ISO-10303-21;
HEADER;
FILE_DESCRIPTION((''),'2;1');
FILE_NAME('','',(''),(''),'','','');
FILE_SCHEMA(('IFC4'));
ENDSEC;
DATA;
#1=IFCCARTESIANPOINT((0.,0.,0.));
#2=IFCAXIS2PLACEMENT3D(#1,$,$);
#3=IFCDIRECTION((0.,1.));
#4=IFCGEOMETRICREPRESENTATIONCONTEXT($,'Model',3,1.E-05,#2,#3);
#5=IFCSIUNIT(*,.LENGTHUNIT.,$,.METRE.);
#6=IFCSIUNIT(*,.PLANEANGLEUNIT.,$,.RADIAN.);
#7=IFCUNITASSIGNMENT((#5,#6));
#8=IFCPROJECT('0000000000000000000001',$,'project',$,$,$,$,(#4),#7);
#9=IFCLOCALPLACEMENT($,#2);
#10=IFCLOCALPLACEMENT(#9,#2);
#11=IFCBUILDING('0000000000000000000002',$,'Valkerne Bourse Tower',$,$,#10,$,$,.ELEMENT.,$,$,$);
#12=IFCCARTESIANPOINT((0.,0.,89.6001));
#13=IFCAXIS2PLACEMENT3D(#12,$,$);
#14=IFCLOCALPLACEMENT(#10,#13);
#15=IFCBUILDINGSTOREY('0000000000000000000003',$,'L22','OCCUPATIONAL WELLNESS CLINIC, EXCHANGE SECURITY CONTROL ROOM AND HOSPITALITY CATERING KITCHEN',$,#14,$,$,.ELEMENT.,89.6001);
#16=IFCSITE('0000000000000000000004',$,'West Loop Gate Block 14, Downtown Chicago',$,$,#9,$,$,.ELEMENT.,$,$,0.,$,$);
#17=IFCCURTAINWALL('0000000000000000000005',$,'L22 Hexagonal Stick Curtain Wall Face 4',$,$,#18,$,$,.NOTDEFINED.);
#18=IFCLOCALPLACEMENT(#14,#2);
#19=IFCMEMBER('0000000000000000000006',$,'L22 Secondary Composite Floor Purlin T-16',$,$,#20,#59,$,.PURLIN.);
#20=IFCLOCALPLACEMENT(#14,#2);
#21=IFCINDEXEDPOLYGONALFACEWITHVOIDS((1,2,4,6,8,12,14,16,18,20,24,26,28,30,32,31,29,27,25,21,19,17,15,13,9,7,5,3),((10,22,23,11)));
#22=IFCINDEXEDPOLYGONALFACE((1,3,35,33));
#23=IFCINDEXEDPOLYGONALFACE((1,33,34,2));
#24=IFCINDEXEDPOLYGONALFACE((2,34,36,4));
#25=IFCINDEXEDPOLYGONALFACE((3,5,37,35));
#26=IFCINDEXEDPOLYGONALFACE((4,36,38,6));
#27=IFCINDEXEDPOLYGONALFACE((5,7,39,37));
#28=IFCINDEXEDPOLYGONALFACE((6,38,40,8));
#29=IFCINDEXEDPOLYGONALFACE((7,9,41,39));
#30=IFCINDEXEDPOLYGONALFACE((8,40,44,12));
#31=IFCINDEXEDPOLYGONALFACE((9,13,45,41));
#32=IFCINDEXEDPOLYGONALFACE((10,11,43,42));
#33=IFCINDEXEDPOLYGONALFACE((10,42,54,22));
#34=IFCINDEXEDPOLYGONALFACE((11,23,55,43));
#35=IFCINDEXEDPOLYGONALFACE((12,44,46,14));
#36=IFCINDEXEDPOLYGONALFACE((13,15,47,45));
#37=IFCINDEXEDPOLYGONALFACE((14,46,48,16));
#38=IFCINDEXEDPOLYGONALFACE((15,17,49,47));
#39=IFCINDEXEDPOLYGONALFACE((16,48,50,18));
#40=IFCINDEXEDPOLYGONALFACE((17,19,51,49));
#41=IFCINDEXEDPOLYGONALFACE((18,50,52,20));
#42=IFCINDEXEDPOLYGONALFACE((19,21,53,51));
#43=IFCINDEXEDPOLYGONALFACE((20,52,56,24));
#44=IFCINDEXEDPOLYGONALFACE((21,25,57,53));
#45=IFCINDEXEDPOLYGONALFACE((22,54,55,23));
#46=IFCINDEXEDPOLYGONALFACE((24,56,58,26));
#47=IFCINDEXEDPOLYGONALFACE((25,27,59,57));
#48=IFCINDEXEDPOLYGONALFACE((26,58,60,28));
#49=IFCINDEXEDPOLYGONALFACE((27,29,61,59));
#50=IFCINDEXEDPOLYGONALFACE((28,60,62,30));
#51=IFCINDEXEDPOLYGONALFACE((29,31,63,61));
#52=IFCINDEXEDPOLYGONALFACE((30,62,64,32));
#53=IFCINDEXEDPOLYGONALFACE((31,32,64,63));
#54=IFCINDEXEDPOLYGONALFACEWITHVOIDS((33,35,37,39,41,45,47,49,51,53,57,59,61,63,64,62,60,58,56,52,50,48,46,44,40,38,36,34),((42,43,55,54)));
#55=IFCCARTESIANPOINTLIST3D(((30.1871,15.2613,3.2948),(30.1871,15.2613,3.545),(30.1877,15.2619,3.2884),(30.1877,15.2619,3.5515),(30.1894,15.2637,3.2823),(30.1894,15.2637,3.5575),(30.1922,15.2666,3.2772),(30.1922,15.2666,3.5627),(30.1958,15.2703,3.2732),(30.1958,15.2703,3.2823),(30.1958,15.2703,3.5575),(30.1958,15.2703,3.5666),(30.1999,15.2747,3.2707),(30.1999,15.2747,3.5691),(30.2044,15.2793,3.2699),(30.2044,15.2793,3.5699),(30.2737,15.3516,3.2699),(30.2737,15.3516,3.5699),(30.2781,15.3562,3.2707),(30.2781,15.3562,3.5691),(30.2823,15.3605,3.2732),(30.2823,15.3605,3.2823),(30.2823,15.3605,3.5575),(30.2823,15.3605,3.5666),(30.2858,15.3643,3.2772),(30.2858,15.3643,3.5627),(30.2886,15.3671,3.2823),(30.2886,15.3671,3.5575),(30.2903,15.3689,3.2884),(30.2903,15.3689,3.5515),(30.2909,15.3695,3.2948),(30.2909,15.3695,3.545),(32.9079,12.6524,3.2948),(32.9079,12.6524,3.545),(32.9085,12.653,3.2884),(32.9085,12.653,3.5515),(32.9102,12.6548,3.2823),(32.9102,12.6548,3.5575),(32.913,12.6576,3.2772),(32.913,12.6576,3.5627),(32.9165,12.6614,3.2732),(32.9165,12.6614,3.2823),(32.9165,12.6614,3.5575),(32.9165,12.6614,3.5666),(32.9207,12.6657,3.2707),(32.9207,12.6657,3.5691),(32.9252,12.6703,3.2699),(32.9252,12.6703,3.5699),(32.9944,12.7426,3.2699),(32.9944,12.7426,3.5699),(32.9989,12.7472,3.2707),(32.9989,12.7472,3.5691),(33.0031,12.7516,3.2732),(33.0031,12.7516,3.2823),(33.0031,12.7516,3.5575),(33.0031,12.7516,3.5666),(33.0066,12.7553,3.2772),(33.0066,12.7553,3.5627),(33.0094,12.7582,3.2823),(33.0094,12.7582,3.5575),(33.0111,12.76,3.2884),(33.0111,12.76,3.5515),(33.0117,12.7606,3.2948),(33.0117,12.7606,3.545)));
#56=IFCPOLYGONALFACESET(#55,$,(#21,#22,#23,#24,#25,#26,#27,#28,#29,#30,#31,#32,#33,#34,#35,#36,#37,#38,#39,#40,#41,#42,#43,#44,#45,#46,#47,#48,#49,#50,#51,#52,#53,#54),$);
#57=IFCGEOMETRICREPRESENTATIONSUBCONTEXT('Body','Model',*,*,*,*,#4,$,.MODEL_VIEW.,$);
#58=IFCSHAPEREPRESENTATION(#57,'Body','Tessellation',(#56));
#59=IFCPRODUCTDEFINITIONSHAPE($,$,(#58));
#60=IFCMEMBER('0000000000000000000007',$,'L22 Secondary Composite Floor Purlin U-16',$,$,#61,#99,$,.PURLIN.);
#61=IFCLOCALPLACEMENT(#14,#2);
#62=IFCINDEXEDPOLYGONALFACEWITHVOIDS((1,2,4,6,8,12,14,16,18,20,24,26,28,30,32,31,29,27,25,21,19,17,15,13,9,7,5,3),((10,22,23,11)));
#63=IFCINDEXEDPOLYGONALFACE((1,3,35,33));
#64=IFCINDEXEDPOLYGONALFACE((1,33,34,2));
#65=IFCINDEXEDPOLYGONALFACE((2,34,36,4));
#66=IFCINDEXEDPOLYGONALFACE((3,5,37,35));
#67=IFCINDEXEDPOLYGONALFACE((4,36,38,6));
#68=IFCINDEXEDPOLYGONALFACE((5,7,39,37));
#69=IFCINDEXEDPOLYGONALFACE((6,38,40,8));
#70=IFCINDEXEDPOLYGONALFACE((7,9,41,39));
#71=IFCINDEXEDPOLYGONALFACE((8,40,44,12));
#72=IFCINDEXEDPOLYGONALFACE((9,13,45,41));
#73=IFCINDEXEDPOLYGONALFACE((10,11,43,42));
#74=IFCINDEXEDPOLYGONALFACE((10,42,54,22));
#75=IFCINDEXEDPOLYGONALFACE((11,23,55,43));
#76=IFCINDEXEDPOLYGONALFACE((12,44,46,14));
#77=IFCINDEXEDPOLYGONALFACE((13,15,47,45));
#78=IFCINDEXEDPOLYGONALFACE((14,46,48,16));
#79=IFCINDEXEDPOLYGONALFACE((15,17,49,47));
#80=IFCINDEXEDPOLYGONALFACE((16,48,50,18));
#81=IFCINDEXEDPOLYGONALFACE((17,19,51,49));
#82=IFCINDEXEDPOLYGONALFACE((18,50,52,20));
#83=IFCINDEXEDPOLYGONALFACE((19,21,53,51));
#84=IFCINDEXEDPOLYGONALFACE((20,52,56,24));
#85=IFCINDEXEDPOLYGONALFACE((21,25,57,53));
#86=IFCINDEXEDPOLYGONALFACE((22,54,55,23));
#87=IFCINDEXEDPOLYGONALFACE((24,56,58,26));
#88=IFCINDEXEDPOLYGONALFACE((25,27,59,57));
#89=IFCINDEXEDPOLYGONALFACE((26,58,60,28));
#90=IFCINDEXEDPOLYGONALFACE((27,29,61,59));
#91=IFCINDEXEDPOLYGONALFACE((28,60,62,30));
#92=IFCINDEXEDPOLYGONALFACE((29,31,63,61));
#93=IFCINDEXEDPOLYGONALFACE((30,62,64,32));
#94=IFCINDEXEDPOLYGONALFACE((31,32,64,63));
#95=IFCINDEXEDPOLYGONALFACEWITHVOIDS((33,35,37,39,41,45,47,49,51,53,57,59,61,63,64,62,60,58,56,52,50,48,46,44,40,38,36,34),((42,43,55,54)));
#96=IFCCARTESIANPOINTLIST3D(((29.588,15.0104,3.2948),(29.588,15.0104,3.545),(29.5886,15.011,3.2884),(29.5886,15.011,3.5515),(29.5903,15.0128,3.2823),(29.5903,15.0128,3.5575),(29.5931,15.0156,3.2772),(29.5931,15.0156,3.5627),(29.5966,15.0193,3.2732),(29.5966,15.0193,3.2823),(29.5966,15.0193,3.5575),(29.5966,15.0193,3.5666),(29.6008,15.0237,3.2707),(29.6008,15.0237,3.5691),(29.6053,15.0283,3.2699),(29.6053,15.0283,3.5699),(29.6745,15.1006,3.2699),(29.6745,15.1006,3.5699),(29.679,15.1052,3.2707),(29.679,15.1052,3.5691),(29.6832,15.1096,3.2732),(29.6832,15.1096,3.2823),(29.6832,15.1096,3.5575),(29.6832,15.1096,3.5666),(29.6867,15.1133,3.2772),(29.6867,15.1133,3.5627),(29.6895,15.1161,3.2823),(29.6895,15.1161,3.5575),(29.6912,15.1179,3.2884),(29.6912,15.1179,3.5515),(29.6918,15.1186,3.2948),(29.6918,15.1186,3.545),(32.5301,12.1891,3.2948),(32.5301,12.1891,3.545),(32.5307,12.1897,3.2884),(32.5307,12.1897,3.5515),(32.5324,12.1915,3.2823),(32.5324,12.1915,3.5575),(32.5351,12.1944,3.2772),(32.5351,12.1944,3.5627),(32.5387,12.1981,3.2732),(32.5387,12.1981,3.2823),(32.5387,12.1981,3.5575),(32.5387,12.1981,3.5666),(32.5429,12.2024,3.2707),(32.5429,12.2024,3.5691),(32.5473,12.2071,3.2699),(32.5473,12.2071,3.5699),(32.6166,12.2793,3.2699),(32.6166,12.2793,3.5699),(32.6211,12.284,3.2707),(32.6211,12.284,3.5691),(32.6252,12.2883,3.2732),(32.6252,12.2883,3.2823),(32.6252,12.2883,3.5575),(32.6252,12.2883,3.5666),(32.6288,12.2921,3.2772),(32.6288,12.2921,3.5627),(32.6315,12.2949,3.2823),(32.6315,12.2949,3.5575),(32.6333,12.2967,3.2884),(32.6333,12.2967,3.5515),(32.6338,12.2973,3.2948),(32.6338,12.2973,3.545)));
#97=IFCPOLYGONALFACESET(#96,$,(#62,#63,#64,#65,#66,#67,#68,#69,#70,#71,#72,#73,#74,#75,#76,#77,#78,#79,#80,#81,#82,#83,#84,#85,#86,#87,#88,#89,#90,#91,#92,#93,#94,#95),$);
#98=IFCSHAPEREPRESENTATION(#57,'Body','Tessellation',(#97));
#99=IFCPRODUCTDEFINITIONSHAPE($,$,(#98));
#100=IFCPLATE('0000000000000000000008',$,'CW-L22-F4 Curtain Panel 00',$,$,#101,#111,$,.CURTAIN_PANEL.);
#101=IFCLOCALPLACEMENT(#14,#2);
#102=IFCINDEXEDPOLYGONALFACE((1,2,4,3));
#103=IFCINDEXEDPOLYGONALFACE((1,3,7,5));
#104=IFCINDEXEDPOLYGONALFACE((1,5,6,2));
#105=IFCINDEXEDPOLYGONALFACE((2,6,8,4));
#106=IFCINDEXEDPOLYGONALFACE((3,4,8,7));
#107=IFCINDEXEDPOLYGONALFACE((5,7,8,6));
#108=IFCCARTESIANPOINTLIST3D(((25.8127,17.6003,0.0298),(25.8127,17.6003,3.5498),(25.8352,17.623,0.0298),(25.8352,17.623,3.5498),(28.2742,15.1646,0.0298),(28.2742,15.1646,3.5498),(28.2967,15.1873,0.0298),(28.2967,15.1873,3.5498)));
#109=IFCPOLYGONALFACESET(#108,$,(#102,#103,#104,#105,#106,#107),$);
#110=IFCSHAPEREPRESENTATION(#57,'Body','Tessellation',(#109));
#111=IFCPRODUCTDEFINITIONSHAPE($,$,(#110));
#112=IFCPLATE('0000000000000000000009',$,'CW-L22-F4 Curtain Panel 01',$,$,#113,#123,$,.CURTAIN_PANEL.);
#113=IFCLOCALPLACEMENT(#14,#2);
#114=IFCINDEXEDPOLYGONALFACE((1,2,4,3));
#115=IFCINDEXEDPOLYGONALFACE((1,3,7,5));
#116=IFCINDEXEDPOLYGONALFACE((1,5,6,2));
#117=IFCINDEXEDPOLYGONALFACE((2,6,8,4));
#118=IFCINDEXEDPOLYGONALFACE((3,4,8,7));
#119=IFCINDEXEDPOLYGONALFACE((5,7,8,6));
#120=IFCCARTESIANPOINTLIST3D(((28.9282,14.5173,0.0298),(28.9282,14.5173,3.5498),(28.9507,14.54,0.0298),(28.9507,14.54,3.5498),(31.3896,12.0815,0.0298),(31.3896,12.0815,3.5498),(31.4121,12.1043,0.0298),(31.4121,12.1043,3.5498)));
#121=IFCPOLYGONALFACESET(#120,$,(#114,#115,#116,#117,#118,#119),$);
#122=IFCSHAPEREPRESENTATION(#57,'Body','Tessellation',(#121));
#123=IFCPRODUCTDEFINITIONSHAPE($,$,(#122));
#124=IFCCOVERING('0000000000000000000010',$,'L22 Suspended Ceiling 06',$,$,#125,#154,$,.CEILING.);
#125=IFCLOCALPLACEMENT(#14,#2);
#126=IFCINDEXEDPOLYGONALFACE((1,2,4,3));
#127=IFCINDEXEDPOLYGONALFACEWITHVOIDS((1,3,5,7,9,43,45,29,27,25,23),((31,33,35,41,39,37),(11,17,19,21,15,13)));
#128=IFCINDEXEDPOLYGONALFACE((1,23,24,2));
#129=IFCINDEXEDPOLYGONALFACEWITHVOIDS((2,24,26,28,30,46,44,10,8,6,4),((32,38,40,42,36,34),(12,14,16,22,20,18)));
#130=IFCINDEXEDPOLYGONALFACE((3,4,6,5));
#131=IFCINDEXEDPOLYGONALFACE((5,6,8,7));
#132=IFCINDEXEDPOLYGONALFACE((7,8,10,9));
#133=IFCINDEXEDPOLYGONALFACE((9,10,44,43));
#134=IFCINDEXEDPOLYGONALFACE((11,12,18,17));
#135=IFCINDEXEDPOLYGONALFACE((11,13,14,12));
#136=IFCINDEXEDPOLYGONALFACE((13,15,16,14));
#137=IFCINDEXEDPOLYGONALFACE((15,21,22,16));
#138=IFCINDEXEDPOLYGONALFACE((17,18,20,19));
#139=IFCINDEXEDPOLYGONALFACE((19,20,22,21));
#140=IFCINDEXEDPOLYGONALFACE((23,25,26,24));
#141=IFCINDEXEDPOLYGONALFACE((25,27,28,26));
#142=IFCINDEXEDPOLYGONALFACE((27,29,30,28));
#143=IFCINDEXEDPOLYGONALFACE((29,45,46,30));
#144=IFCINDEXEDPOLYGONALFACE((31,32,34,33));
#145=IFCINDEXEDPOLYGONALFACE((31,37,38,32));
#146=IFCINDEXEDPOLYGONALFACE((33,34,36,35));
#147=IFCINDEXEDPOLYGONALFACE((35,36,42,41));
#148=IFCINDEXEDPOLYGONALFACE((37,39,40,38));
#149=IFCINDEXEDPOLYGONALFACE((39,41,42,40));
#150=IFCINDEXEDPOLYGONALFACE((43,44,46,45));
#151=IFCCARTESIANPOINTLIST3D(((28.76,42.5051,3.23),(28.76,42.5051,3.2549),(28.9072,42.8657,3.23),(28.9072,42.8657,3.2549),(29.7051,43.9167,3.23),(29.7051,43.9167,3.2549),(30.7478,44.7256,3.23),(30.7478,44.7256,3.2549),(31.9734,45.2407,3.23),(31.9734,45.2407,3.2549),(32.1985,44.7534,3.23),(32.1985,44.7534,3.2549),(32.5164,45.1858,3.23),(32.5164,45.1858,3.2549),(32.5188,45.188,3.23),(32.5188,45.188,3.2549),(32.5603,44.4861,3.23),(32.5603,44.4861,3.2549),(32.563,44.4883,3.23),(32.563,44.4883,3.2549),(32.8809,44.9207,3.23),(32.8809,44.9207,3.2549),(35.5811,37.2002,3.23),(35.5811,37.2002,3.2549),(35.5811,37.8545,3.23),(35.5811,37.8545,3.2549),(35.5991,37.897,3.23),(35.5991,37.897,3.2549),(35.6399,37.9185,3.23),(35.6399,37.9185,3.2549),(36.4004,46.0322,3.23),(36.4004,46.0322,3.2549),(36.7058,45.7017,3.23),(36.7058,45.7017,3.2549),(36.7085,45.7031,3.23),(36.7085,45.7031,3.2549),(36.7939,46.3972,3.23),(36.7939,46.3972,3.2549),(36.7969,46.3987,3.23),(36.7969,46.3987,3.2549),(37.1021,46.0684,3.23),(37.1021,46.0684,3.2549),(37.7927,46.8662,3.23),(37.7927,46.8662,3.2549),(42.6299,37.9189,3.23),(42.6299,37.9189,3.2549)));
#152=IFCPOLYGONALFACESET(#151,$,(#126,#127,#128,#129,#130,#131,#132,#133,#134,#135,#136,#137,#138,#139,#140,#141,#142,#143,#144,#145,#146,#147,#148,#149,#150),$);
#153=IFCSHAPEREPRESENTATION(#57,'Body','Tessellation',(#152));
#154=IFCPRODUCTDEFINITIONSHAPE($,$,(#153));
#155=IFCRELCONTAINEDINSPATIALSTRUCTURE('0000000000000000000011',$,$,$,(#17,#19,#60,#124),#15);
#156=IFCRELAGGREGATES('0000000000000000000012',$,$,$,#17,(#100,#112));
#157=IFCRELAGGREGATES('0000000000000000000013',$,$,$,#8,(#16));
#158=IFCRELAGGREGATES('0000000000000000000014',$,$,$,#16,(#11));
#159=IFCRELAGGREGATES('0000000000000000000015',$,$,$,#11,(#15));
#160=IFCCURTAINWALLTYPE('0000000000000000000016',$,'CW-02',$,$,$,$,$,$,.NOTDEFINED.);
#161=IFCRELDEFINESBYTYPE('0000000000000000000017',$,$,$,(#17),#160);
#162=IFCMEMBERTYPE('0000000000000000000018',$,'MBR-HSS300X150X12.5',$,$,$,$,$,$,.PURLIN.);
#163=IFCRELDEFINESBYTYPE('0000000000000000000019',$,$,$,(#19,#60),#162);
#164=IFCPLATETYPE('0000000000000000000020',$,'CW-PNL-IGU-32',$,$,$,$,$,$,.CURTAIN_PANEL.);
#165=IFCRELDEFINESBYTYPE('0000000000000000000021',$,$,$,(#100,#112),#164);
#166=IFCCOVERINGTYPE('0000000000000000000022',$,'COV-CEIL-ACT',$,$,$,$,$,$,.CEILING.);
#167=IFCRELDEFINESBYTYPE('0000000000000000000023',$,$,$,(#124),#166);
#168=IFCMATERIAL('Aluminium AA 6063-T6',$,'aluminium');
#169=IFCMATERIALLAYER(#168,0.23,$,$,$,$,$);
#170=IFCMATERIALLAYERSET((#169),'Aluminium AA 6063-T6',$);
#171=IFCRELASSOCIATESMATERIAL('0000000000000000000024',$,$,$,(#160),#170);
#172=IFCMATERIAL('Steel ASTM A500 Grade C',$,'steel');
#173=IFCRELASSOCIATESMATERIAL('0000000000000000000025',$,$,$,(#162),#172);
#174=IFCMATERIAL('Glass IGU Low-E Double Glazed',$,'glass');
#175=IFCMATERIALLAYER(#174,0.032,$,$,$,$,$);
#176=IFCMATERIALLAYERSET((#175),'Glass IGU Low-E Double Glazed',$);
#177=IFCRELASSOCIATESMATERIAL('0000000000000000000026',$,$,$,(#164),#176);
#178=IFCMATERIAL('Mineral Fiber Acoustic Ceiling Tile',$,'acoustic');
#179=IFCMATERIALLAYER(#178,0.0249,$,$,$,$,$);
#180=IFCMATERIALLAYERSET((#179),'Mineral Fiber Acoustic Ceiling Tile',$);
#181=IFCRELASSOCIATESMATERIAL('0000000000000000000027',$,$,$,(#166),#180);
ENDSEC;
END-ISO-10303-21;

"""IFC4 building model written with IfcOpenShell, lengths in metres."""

from ifc_helpers import new_model, si_unit, direction, frame, origin, origin_2d, place, context, subcontext, project, spatial, polyline, rectangle, hollow_rectangle, outline, extrude, material, layer, layer_set, material_profile, profile_set, type_object, element, aggregate, save


model = new_model("IFC4")

# Units and contexts
model_context = context("Model", 3, precision=1e-05, world=origin(), true_north=direction((0.0, 1.0)))
body_context = subcontext(model_context, "Body", "Model", "MODEL_VIEW")
ifc_project = project(units=[si_unit("LENGTHUNIT", "METRE"), si_unit("PLANEANGLEUNIT", "RADIAN")], contexts=[model_context])

# Site, building, storey
site_placement = place(None, origin())
site = spatial("IfcSite", under=ifc_project, at=site_placement, Name="West Loop Gate Block 14, Downtown Chicago", CompositionType="ELEMENT", RefElevation=0.0)
building_placement = place(site_placement, origin())
building = spatial("IfcBuilding", under=site, at=building_placement, Name="Valkerne Bourse Tower", CompositionType="ELEMENT")
storey_placement = place(building_placement, frame((0.0, 0.0, 89.6001)))
storey = spatial("IfcBuildingStorey", under=building, at=storey_placement, Name="L22", Description="OCCUPATIONAL WELLNESS CLINIC, EXCHANGE SECURITY CONTROL ROOM AND HOSPITALITY CATERING KITCHEN", CompositionType="ELEMENT", Elevation=89.6001)

# Curtain wall
ifc_material_1 = material(Name="Aluminium AA 6063-T6", Category="aluminium")
ifc_layer_1 = layer(ifc_material_1, 0.23)
ifc_layer_set_1 = layer_set([ifc_layer_1], Name="Aluminium AA 6063-T6")
curtain_wall_type = type_object("IfcCurtainWallType", Name="CW-02", PredefinedType="NOTDEFINED", material=ifc_layer_set_1)
curtain_wall_placement = place(storey_placement, origin())
curtain_wall = element("IfcCurtainWall", 1, at=curtain_wall_placement, inside=storey, type_object=curtain_wall_type, Name="L22 Hexagonal Stick Curtain Wall Face 4", PredefinedType="NOTDEFINED")

# Members
ifc_material_2 = material(Name="Steel ASTM A500 Grade C", Category="steel")
ifc_material_profile_1 = material_profile(ifc_material_2, hollow_rectangle(XDim=0.1499, YDim=0.3, WallThickness=0.0125, OuterFilletRadius=0.0249, at=origin_2d()), Name="HSS300X150X12.5")
ifc_profile_set_1 = profile_set([ifc_material_profile_1], Name="Steel ASTM A500 Grade C")
member_type_1 = type_object("IfcMemberType", Name="MBR-HSS300X150X12.5", PredefinedType="PURLIN", material=ifc_profile_set_1)
member_1_placement = place(storey_placement, frame((30.239, 15.3154, 3.4199), z_axis=(0.721783, -0.692119, 0.0), x_axis=(0.692119, 0.721783, 0.0)))
element("IfcMember", 2, at=member_1_placement, inside=storey, type_object=member_type_1, Name="L22 Secondary Composite Floor Purlin T-16", PredefinedType="PURLIN", context=body_context, shape_type="SweptSolid", body=[
    extrude(hollow_rectangle(XDim=0.1499, YDim=0.3, WallThickness=0.0125, OuterFilletRadius=0.0249, at=origin_2d()), origin(), (0.0, 0.0, 1.0), 3.7695),
])
member_2_placement = place(storey_placement, frame((29.6399, 15.0645, 3.4199), z_axis=(0.721775, -0.692128, 0.0), x_axis=(0.692128, 0.721775, 0.0)))
element("IfcMember", 3, at=member_2_placement, inside=storey, type_object=member_type_1, Name="L22 Secondary Composite Floor Purlin U-16", PredefinedType="PURLIN", context=body_context, shape_type="SweptSolid", body=[
    extrude(hollow_rectangle(XDim=0.1499, YDim=0.3, WallThickness=0.0125, OuterFilletRadius=0.0249, at=origin_2d()), origin(), (0.0, 0.0, 1.0), 4.0762),
])

# Plates
ifc_material_3 = material(Name="Glass IGU Low-E Double Glazed", Category="glass")
ifc_layer_2 = layer(ifc_material_3, 0.032)
ifc_layer_set_2 = layer_set([ifc_layer_2], Name="Glass IGU Low-E Double Glazed")
plate_type = type_object("IfcPlateType", Name="CW-PNL-IGU-32", PredefinedType="CURTAIN_PANEL", material=ifc_layer_set_2)
plate_1_placement = place(storey_placement, frame((27.0547, 16.3938, 0.0298), z_axis=(0.0, 0.0, 1.0), x_axis=(0.710805, -0.70339, 0.0)))
plate_1 = element("IfcPlate", 4, at=plate_1_placement, type_object=plate_type, Name="CW-L22-F4 Curtain Panel 00", PredefinedType="CURTAIN_PANEL", context=body_context, shape_type="SweptSolid", body=[
    extrude(rectangle(XDim=3.4629, YDim=0.032, at=origin_2d()), origin(), (0.0, 0.0, 1.0), 3.52),
])
plate_2_placement = place(storey_placement, frame((30.1702, 13.3108, 0.0298), z_axis=(0.0, 0.0, 1.0), x_axis=(0.710805, -0.703389, 0.0)))
plate_2 = element("IfcPlate", 5, at=plate_2_placement, type_object=plate_type, Name="CW-L22-F4 Curtain Panel 01", PredefinedType="CURTAIN_PANEL", context=body_context, shape_type="SweptSolid", body=[
    extrude(rectangle(XDim=3.4629, YDim=0.032, at=origin_2d()), origin(), (0.0, 0.0, 1.0), 3.52),
])
aggregate(curtain_wall, [plate_1, plate_2])

# Covering
ifc_material_4 = material(Name="Mineral Fiber Acoustic Ceiling Tile", Category="acoustic")
ifc_layer_3 = layer(ifc_material_4, 0.0249)
ifc_layer_set_3 = layer_set([ifc_layer_3], Name="Mineral Fiber Acoustic Ceiling Tile")
covering_type_1 = type_object("IfcCoveringType", Name="COV-CEIL-ACT", PredefinedType="CEILING", material=ifc_layer_set_3)
covering_1_placement = place(storey_placement, frame((0.0, 0.0, 3.23)))
element("IfcCovering", 6, at=covering_1_placement, inside=storey, type_object=covering_type_1, Name="L22 Suspended Ceiling 06", PredefinedType="CEILING", context=body_context, shape_type="SweptSolid", body=[
    extrude(outline(polyline([(30.7478, 44.7256), (31.9734, 45.2407), (37.7927, 46.8662), (42.6299, 37.9189), (35.6399, 37.9185), (35.5991, 37.897), (35.5811, 37.8545), (35.5811, 37.2002), (28.76, 42.5051), (28.9072, 42.8657), (29.7051, 43.9167), (30.7478, 44.7256)]), holes=[polyline([(32.8809, 44.9207), (32.5188, 45.188), (32.5164, 45.1858), (32.1985, 44.7534), (32.5603, 44.4861), (32.563, 44.4883), (32.8809, 44.9207)]), polyline([(36.7085, 45.7031), (37.1021, 46.0684), (36.7969, 46.3987), (36.7939, 46.3972), (36.4004, 46.0322), (36.7058, 45.7017), (36.7085, 45.7031)])]), origin(), (0.0, 0.0, 1.0), 0.0249),
])

save(model, "model.ifc")
